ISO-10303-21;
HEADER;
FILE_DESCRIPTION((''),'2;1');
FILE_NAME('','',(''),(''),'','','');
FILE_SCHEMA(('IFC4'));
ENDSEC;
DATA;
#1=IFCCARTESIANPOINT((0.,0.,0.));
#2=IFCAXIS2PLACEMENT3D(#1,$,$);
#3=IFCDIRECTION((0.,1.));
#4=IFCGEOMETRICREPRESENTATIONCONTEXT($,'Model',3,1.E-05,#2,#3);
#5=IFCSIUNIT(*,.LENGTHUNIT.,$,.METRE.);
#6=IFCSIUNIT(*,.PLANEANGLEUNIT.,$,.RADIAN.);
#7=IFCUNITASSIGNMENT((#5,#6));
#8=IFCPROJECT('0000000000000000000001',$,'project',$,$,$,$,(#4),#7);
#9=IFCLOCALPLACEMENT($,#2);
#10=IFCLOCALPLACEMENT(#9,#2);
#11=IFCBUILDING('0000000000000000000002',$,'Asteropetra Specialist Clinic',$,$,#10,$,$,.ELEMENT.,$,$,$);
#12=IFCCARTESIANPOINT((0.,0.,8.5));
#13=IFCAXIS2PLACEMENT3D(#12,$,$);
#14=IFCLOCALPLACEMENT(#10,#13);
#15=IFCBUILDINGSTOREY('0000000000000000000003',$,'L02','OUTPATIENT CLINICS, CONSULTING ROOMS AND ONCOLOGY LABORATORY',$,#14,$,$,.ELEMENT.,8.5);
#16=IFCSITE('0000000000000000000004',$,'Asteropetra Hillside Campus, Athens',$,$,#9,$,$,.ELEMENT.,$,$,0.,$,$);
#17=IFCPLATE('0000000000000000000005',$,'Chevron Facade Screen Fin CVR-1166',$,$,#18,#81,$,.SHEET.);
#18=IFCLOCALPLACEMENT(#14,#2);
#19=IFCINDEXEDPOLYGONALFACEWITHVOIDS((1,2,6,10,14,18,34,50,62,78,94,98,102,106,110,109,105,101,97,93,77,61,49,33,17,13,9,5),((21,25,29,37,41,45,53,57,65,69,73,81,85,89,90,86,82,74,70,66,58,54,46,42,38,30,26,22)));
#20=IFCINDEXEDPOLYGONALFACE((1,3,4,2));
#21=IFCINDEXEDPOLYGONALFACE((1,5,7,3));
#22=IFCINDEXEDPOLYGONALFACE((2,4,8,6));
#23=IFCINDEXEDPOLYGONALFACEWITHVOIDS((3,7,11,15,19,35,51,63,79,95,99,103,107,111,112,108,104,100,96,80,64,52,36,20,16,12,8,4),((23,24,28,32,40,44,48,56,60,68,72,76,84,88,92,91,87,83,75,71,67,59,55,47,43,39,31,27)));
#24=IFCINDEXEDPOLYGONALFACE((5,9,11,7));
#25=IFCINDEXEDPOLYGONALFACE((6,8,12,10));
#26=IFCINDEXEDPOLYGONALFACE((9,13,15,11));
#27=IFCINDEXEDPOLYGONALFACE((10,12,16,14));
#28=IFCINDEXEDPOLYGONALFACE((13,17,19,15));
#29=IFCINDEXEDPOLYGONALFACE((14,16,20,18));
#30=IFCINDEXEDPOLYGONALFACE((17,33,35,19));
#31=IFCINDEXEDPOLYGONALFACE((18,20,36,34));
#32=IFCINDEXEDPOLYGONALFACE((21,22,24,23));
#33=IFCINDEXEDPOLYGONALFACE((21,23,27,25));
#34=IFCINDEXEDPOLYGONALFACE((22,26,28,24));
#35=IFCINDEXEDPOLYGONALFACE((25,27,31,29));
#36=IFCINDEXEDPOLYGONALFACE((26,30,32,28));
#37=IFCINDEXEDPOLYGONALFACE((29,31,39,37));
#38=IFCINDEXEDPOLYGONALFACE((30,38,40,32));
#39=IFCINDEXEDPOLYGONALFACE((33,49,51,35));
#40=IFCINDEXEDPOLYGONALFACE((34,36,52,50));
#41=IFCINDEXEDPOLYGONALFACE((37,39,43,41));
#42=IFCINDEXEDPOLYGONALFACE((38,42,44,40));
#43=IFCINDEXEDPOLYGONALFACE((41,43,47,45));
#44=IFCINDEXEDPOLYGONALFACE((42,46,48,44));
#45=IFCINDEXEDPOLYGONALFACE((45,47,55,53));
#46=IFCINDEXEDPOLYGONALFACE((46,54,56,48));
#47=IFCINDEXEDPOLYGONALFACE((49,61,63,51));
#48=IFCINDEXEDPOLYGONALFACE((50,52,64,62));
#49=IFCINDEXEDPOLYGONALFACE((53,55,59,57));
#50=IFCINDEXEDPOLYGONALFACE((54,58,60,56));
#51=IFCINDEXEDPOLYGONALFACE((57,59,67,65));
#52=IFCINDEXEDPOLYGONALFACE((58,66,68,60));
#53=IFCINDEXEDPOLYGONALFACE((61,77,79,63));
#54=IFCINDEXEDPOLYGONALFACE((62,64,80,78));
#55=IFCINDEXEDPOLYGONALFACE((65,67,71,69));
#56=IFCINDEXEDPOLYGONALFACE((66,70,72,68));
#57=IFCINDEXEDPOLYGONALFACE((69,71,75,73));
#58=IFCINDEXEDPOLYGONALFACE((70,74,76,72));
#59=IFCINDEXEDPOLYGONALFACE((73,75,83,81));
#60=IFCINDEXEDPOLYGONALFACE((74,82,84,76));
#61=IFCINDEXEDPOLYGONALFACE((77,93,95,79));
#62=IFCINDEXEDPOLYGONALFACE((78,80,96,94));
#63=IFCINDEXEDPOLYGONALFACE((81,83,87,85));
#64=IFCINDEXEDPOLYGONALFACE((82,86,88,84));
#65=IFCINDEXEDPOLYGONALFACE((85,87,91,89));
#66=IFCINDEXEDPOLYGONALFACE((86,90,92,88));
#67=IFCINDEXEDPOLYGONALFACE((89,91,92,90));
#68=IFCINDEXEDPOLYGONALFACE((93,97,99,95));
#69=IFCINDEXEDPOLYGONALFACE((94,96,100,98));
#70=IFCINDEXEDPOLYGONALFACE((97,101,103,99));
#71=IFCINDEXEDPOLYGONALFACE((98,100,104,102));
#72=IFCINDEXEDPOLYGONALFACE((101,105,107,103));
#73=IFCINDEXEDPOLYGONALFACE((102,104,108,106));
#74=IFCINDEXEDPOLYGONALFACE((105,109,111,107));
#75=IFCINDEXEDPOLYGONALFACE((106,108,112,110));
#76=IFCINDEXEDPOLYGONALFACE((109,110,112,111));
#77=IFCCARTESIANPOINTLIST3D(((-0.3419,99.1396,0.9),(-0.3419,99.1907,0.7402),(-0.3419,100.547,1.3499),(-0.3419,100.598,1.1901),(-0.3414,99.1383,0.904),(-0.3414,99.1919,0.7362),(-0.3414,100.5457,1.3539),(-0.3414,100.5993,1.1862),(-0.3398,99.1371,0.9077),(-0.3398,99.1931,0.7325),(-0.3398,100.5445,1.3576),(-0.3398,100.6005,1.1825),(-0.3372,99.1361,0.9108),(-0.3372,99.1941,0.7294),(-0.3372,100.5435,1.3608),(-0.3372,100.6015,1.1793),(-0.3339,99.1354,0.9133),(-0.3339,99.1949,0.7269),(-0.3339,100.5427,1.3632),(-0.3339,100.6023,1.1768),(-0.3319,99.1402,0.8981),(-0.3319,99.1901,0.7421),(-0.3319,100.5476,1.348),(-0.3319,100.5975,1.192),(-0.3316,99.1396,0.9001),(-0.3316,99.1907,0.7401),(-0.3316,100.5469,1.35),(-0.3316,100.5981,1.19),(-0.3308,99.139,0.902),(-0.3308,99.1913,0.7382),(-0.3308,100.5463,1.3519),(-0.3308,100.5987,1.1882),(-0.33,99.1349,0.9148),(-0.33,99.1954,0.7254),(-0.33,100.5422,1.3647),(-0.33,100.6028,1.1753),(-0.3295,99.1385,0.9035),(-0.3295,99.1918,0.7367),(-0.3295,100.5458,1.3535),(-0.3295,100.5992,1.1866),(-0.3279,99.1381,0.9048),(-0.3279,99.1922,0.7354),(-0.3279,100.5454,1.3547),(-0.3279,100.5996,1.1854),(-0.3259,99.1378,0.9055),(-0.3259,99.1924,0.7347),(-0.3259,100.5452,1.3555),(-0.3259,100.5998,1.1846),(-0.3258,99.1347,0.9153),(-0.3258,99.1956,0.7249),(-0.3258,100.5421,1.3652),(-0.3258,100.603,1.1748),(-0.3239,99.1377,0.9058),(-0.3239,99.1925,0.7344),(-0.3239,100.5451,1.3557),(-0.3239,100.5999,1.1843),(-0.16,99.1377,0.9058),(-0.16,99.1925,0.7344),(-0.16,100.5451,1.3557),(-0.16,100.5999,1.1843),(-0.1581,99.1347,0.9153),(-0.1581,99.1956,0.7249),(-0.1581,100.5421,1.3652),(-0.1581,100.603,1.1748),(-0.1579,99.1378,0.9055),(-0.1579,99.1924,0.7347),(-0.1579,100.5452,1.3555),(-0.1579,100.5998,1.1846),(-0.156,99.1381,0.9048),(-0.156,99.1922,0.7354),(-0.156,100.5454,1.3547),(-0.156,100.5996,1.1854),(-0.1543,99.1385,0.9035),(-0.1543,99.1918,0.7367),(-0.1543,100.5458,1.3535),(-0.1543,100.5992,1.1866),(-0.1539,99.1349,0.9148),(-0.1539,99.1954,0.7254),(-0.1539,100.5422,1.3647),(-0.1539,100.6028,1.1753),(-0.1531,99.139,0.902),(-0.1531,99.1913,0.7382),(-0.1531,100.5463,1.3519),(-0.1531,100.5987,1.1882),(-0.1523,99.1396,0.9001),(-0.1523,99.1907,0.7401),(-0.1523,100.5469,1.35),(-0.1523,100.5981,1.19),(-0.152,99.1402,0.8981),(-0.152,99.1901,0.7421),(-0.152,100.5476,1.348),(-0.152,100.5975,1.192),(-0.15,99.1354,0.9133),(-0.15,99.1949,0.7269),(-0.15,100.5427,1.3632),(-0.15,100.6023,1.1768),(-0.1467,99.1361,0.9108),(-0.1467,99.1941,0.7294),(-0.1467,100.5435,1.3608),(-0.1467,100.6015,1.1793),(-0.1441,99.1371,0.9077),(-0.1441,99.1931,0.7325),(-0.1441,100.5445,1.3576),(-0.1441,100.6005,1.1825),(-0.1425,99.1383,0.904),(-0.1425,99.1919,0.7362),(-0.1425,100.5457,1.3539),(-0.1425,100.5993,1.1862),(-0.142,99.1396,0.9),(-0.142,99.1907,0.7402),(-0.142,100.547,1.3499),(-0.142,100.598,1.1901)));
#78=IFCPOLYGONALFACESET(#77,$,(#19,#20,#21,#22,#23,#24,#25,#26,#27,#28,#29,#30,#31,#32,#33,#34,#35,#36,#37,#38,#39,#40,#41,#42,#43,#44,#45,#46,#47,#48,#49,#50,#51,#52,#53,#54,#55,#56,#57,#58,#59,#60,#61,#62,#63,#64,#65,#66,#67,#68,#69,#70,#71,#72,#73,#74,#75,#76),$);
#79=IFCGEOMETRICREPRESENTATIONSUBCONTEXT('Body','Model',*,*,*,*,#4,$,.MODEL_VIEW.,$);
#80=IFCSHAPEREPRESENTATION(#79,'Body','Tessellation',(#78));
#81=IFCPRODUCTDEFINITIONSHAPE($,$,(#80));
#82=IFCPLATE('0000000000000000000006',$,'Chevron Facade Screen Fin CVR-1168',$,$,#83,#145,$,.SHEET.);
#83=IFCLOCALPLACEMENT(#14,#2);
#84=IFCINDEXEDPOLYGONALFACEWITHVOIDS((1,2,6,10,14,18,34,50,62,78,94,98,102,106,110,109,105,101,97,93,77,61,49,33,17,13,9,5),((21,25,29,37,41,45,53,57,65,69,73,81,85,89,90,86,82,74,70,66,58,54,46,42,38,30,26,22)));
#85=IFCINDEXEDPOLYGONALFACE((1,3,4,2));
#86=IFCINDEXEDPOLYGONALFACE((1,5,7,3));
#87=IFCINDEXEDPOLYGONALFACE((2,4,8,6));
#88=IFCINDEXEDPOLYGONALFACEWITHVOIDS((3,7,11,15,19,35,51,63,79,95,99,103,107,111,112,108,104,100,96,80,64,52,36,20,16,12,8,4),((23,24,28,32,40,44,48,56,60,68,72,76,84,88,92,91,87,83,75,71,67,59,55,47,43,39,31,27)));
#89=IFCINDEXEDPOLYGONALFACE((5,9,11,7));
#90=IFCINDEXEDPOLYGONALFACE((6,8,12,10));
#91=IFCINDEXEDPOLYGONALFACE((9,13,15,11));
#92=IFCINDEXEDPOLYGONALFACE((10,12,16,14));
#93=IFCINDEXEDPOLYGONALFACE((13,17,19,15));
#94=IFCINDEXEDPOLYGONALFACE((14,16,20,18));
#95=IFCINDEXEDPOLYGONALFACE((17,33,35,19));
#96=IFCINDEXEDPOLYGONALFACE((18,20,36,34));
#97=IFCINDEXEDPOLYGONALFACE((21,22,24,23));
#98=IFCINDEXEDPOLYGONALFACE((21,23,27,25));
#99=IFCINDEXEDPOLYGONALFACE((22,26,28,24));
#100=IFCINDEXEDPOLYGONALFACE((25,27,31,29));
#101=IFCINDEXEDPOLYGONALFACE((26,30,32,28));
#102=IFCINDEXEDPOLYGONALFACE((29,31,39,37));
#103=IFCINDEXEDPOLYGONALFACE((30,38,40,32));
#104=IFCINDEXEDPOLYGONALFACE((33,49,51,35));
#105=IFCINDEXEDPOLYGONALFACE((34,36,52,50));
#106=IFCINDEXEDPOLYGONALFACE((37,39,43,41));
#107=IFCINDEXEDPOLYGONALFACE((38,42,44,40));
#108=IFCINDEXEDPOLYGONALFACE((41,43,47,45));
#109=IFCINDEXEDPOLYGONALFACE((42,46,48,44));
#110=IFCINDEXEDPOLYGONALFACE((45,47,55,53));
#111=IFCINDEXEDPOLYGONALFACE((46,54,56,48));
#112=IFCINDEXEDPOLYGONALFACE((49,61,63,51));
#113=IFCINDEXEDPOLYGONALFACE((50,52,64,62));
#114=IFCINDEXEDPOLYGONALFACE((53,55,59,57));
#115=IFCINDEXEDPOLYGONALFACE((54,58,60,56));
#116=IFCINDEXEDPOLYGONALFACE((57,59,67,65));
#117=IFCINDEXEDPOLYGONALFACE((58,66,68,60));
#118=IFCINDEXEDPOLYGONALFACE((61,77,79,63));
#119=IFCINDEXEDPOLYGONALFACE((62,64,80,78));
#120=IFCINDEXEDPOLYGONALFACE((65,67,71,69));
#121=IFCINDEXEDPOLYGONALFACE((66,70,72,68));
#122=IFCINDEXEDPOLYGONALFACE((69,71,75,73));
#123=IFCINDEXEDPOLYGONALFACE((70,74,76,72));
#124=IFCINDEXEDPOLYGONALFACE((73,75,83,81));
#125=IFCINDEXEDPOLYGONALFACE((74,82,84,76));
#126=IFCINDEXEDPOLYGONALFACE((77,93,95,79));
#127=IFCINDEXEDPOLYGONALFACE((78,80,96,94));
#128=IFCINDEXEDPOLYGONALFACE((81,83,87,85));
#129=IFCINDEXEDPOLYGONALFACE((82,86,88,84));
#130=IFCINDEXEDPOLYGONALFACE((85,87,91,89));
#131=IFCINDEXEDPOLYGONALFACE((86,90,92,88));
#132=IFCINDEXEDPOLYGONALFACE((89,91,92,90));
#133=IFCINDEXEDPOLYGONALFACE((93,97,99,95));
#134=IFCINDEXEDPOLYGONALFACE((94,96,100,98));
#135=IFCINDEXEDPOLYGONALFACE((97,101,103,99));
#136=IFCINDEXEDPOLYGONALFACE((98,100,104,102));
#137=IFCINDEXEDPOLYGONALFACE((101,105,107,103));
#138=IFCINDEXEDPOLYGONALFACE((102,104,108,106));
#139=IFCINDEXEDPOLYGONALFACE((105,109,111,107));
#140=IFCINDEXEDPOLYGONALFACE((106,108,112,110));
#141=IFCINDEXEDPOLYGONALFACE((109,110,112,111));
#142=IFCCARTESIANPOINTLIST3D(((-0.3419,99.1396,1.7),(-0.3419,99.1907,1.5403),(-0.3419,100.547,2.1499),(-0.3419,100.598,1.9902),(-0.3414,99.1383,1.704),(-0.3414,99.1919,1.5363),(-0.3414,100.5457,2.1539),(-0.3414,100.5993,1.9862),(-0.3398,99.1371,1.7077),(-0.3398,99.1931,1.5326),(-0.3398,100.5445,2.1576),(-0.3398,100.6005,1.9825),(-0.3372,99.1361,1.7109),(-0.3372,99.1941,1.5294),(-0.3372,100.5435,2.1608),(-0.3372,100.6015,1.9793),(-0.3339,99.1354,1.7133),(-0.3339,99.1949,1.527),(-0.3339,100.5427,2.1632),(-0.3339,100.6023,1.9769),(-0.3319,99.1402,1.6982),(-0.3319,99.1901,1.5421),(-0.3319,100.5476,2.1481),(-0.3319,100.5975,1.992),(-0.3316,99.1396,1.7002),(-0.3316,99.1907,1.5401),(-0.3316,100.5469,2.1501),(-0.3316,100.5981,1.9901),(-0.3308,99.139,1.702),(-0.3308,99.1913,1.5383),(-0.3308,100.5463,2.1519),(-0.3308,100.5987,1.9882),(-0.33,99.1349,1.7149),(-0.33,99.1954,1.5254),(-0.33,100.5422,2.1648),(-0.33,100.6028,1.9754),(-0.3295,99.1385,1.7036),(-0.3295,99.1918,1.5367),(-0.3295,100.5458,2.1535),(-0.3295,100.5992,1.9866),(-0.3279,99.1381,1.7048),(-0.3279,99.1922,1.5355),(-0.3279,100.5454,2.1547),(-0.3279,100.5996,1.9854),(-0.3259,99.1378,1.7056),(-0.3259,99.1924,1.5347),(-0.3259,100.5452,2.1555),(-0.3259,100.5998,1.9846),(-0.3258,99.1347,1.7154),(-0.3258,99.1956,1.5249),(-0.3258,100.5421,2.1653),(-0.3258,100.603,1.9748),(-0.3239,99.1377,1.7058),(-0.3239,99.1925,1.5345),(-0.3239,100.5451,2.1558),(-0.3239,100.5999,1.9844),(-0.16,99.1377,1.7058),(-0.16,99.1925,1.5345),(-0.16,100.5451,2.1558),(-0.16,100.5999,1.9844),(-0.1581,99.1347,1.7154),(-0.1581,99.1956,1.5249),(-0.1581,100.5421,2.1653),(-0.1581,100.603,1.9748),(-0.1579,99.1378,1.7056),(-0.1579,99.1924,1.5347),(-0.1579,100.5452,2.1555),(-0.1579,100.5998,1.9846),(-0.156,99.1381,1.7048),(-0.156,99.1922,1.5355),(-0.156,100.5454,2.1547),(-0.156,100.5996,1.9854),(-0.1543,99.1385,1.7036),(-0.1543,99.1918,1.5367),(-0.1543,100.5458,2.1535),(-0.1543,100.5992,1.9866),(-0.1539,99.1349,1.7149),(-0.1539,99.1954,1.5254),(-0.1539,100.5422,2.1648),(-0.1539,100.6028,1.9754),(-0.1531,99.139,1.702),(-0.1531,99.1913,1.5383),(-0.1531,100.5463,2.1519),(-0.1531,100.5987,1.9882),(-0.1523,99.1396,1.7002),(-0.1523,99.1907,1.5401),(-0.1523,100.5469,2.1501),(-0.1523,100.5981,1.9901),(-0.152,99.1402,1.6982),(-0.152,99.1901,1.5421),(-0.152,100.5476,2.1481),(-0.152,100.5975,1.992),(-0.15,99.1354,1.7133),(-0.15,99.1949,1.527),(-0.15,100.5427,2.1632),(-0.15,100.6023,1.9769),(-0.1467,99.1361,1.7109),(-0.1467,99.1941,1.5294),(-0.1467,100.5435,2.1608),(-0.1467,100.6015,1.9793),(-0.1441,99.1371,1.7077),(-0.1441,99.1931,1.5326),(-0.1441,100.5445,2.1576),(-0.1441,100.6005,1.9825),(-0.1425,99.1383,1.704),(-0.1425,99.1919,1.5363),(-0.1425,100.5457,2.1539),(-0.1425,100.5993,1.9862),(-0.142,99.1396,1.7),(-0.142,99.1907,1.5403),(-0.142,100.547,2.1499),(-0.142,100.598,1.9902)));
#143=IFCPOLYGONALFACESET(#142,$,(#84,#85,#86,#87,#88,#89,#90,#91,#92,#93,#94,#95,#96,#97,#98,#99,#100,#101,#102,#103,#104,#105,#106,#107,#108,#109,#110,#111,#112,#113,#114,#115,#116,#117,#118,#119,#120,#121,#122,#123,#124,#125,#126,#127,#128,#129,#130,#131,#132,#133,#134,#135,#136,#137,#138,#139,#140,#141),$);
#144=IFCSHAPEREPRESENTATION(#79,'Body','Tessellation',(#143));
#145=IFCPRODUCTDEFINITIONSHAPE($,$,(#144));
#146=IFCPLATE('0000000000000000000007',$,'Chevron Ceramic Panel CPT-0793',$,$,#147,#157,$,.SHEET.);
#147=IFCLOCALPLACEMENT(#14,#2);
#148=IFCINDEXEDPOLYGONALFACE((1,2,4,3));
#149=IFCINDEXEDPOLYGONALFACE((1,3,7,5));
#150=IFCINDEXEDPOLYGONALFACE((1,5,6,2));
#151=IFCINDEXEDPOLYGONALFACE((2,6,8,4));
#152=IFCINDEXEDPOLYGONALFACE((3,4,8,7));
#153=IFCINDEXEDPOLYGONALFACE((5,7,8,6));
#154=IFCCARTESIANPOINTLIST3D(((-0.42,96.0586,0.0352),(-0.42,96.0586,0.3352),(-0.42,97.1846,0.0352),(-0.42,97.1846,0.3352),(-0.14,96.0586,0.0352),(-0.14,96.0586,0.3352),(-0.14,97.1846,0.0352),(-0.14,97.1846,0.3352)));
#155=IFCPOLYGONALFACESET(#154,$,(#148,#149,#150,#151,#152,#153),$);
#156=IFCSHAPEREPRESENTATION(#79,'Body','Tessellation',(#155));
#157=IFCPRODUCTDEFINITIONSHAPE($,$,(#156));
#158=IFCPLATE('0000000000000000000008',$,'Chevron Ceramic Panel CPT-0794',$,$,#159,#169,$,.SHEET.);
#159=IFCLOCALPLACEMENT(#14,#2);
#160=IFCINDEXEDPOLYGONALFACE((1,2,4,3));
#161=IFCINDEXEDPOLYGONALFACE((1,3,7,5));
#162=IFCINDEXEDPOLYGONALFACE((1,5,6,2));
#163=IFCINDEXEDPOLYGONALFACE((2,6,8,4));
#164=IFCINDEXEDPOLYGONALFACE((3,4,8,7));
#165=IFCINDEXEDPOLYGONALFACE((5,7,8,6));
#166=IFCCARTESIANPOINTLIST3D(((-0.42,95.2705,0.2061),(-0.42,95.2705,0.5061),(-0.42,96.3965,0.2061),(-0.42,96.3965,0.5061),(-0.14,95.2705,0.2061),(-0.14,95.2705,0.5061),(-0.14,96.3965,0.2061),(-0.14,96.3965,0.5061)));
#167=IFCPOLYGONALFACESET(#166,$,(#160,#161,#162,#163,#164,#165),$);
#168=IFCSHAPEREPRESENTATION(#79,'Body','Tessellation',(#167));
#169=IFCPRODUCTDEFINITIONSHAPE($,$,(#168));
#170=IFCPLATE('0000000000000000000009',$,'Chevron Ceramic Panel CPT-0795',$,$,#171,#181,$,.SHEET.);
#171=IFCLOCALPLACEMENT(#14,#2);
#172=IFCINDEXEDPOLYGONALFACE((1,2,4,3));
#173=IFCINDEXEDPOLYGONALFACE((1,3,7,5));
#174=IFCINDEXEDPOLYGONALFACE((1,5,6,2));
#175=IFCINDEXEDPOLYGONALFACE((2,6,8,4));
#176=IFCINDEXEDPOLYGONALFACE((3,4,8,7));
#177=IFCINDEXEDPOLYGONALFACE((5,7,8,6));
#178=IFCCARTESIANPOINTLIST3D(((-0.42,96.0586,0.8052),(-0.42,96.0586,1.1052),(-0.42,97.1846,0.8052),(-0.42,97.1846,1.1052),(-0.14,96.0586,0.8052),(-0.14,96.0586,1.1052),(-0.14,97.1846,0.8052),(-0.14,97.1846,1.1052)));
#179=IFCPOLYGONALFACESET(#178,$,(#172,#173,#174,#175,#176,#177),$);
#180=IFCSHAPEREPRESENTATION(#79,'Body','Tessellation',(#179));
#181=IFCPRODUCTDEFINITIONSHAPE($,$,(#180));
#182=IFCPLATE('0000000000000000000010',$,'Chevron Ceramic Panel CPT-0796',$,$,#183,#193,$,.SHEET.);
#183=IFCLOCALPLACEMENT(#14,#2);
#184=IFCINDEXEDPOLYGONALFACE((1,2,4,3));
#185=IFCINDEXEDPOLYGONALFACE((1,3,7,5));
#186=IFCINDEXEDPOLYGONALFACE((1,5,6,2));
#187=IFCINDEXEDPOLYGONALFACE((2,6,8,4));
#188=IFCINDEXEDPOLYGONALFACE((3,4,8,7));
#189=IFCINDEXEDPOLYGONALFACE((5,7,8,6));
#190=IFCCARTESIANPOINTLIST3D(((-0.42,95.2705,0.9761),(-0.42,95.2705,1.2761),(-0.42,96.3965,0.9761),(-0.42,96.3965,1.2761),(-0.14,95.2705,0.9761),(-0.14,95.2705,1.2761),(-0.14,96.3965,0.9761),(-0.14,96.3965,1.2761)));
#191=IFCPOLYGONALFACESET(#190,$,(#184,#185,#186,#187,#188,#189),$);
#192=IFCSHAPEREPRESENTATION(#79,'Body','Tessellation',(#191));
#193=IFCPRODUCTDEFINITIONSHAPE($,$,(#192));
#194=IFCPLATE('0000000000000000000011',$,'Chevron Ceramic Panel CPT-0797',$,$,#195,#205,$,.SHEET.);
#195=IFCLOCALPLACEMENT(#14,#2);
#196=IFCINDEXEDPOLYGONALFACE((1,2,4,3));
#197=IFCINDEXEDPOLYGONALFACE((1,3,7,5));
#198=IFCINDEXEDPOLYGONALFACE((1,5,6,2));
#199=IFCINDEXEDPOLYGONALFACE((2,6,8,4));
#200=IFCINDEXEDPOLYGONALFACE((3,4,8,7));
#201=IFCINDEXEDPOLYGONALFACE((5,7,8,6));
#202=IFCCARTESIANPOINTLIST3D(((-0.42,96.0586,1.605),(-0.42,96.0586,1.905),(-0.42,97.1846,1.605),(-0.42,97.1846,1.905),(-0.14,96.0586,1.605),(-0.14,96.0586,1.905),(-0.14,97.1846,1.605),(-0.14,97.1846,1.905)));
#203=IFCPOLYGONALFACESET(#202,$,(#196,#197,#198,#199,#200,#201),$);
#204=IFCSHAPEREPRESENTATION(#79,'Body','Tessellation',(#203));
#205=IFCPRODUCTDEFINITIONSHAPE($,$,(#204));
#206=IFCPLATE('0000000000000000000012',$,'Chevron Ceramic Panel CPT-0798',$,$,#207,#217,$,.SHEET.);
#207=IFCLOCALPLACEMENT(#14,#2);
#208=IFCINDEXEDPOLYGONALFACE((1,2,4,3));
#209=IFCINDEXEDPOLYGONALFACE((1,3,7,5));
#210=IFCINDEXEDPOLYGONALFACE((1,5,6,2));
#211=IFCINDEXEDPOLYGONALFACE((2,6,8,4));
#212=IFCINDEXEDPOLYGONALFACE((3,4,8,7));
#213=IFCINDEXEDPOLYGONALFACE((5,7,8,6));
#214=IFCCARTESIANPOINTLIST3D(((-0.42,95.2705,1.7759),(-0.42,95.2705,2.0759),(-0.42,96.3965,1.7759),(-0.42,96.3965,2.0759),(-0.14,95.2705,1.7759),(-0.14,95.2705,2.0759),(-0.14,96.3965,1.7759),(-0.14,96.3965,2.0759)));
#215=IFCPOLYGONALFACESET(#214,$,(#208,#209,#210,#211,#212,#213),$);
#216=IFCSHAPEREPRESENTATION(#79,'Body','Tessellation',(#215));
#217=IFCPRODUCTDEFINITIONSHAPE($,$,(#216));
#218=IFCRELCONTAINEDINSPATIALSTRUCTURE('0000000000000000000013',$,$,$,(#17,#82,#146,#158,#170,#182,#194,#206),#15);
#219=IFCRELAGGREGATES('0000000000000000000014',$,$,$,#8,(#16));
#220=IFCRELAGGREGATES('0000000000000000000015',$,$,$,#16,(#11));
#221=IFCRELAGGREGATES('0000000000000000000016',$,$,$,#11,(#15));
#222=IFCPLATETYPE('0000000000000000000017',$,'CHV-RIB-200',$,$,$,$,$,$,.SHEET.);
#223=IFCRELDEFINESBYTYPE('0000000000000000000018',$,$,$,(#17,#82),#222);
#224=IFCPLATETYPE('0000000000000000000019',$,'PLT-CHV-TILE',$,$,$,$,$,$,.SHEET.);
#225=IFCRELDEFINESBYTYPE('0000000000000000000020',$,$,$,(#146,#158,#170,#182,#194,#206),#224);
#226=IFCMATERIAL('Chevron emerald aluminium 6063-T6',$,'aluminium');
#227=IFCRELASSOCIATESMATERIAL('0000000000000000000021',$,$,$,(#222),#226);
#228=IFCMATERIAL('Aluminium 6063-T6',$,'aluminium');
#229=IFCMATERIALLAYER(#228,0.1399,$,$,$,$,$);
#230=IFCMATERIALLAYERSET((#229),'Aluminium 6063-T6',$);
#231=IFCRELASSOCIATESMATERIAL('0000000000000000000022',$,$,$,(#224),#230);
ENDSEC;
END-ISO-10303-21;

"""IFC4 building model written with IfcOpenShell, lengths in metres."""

from ifc_helpers import new_model, si_unit, direction, frame, origin, origin_2d, place, context, subcontext, project, spatial, rectangle, hollow_rectangle, extrude, material, layer, layer_set, material_profile, profile_set, type_object, element, save


model = new_model("IFC4")

# Units and contexts
model_context = context("Model", 3, precision=1e-05, world=origin(), true_north=direction((0.0, 1.0)))
body_context = subcontext(model_context, "Body", "Model", "MODEL_VIEW")
ifc_project = project(units=[si_unit("LENGTHUNIT", "METRE"), si_unit("PLANEANGLEUNIT", "RADIAN")], contexts=[model_context])

# Site, building, storey
site_placement = place(None, origin())
site = spatial("IfcSite", under=ifc_project, at=site_placement, Name="Asteropetra Hillside Campus, Athens", CompositionType="ELEMENT", RefElevation=0.0)
building_placement = place(site_placement, origin())
building = spatial("IfcBuilding", under=site, at=building_placement, Name="Asteropetra Specialist Clinic", CompositionType="ELEMENT")
storey_placement = place(building_placement, frame((0.0, 0.0, 8.5)))
storey = spatial("IfcBuildingStorey", under=building, at=storey_placement, Name="L02", Description="OUTPATIENT CLINICS, CONSULTING ROOMS AND ONCOLOGY LABORATORY", CompositionType="ELEMENT", Elevation=8.5)

# Plates
ifc_material_1 = material(Name="Chevron emerald aluminium 6063-T6", Category="aluminium")
ifc_material_profile = material_profile(ifc_material_1, hollow_rectangle(XDim=0.2, YDim=0.2, WallThickness=0.01, InnerFilletRadius=0.0081, OuterFilletRadius=0.0161, at=origin_2d()), Name="SHS 200x200x10.0")
ifc_profile_set = profile_set([ifc_material_profile], Name="Chevron emerald aluminium 6063-T6")
plate_type_1 = type_object("IfcPlateType", Name="CHV-RIB-200", PredefinedType="SHEET", material=ifc_profile_set)
for number, where, z_axis, x_axis, name in (
    (1, (-0.2419, 100.5725, 1.27), (0.0, -0.95251, -0.304506), (1.0, 0.0, 0.0), "Chevron Facade Screen Fin CVR-1166"),
    (2, (-0.2419, 100.5725, 2.0701), (0.0, -0.95251, -0.304506), (1.0, 0.0, 0.0), "Chevron Facade Screen Fin CVR-1168"),
):
    element("IfcPlate", number, at=place(storey_placement, frame(where, z_axis=z_axis, x_axis=x_axis)), inside=storey, type_object=plate_type_1, Name=name, PredefinedType="SHEET", context=body_context, shape_type="SweptSolid", body=[
        extrude(hollow_rectangle(XDim=0.2, YDim=0.2, WallThickness=0.01, InnerFilletRadius=0.0081, OuterFilletRadius=0.0161, at=origin_2d()), origin(), (0.0, 0.0, 1.0), 1.4775),
    ])
ifc_material_2 = material(Name="Aluminium 6063-T6", Category="aluminium")
ifc_layer_1 = layer(ifc_material_2, 0.1399)
ifc_layer_set_1 = layer_set([ifc_layer_1], Name="Aluminium 6063-T6")
plate_type_2 = type_object("IfcPlateType", Name="PLT-CHV-TILE", PredefinedType="SHEET", material=ifc_layer_set_1)
for number, where, z_axis, x_axis, name in (
    (3, (-0.28, 96.6216, 0.0352), (0.0, 0.0, 1.0), (1.0, 0.0, 0.0), "Chevron Ceramic Panel CPT-0793"),
    (4, (-0.28, 95.8335, 0.2061), (0.0, 0.0, 1.0), (1.0, 0.0, 0.0), "Chevron Ceramic Panel CPT-0794"),
    (5, (-0.28, 96.6216, 0.8052), (0.0, 0.0, 1.0), (1.0, 0.0, 0.0), "Chevron Ceramic Panel CPT-0795"),
    (6, (-0.28, 95.8335, 0.9761), (0.0, 0.0, 1.0), (1.0, 0.0, 0.0), "Chevron Ceramic Panel CPT-0796"),
    (7, (-0.28, 96.6216, 1.605), (0.0, 0.0, 1.0), (1.0, 0.0, 0.0), "Chevron Ceramic Panel CPT-0797"),
    (8, (-0.28, 95.8335, 1.7759), (0.0, 0.0, 1.0), (1.0, 0.0, 0.0), "Chevron Ceramic Panel CPT-0798"),
):
    element("IfcPlate", number, at=place(storey_placement, frame(where, z_axis=z_axis, x_axis=x_axis)), inside=storey, type_object=plate_type_2, Name=name, PredefinedType="SHEET", context=body_context, shape_type="SweptSolid", body=[
        extrude(rectangle(XDim=0.28, YDim=1.126, at=origin_2d()), origin(), (0.0, 0.0, 1.0), 0.3),
    ])

save(model, "model.ifc")
